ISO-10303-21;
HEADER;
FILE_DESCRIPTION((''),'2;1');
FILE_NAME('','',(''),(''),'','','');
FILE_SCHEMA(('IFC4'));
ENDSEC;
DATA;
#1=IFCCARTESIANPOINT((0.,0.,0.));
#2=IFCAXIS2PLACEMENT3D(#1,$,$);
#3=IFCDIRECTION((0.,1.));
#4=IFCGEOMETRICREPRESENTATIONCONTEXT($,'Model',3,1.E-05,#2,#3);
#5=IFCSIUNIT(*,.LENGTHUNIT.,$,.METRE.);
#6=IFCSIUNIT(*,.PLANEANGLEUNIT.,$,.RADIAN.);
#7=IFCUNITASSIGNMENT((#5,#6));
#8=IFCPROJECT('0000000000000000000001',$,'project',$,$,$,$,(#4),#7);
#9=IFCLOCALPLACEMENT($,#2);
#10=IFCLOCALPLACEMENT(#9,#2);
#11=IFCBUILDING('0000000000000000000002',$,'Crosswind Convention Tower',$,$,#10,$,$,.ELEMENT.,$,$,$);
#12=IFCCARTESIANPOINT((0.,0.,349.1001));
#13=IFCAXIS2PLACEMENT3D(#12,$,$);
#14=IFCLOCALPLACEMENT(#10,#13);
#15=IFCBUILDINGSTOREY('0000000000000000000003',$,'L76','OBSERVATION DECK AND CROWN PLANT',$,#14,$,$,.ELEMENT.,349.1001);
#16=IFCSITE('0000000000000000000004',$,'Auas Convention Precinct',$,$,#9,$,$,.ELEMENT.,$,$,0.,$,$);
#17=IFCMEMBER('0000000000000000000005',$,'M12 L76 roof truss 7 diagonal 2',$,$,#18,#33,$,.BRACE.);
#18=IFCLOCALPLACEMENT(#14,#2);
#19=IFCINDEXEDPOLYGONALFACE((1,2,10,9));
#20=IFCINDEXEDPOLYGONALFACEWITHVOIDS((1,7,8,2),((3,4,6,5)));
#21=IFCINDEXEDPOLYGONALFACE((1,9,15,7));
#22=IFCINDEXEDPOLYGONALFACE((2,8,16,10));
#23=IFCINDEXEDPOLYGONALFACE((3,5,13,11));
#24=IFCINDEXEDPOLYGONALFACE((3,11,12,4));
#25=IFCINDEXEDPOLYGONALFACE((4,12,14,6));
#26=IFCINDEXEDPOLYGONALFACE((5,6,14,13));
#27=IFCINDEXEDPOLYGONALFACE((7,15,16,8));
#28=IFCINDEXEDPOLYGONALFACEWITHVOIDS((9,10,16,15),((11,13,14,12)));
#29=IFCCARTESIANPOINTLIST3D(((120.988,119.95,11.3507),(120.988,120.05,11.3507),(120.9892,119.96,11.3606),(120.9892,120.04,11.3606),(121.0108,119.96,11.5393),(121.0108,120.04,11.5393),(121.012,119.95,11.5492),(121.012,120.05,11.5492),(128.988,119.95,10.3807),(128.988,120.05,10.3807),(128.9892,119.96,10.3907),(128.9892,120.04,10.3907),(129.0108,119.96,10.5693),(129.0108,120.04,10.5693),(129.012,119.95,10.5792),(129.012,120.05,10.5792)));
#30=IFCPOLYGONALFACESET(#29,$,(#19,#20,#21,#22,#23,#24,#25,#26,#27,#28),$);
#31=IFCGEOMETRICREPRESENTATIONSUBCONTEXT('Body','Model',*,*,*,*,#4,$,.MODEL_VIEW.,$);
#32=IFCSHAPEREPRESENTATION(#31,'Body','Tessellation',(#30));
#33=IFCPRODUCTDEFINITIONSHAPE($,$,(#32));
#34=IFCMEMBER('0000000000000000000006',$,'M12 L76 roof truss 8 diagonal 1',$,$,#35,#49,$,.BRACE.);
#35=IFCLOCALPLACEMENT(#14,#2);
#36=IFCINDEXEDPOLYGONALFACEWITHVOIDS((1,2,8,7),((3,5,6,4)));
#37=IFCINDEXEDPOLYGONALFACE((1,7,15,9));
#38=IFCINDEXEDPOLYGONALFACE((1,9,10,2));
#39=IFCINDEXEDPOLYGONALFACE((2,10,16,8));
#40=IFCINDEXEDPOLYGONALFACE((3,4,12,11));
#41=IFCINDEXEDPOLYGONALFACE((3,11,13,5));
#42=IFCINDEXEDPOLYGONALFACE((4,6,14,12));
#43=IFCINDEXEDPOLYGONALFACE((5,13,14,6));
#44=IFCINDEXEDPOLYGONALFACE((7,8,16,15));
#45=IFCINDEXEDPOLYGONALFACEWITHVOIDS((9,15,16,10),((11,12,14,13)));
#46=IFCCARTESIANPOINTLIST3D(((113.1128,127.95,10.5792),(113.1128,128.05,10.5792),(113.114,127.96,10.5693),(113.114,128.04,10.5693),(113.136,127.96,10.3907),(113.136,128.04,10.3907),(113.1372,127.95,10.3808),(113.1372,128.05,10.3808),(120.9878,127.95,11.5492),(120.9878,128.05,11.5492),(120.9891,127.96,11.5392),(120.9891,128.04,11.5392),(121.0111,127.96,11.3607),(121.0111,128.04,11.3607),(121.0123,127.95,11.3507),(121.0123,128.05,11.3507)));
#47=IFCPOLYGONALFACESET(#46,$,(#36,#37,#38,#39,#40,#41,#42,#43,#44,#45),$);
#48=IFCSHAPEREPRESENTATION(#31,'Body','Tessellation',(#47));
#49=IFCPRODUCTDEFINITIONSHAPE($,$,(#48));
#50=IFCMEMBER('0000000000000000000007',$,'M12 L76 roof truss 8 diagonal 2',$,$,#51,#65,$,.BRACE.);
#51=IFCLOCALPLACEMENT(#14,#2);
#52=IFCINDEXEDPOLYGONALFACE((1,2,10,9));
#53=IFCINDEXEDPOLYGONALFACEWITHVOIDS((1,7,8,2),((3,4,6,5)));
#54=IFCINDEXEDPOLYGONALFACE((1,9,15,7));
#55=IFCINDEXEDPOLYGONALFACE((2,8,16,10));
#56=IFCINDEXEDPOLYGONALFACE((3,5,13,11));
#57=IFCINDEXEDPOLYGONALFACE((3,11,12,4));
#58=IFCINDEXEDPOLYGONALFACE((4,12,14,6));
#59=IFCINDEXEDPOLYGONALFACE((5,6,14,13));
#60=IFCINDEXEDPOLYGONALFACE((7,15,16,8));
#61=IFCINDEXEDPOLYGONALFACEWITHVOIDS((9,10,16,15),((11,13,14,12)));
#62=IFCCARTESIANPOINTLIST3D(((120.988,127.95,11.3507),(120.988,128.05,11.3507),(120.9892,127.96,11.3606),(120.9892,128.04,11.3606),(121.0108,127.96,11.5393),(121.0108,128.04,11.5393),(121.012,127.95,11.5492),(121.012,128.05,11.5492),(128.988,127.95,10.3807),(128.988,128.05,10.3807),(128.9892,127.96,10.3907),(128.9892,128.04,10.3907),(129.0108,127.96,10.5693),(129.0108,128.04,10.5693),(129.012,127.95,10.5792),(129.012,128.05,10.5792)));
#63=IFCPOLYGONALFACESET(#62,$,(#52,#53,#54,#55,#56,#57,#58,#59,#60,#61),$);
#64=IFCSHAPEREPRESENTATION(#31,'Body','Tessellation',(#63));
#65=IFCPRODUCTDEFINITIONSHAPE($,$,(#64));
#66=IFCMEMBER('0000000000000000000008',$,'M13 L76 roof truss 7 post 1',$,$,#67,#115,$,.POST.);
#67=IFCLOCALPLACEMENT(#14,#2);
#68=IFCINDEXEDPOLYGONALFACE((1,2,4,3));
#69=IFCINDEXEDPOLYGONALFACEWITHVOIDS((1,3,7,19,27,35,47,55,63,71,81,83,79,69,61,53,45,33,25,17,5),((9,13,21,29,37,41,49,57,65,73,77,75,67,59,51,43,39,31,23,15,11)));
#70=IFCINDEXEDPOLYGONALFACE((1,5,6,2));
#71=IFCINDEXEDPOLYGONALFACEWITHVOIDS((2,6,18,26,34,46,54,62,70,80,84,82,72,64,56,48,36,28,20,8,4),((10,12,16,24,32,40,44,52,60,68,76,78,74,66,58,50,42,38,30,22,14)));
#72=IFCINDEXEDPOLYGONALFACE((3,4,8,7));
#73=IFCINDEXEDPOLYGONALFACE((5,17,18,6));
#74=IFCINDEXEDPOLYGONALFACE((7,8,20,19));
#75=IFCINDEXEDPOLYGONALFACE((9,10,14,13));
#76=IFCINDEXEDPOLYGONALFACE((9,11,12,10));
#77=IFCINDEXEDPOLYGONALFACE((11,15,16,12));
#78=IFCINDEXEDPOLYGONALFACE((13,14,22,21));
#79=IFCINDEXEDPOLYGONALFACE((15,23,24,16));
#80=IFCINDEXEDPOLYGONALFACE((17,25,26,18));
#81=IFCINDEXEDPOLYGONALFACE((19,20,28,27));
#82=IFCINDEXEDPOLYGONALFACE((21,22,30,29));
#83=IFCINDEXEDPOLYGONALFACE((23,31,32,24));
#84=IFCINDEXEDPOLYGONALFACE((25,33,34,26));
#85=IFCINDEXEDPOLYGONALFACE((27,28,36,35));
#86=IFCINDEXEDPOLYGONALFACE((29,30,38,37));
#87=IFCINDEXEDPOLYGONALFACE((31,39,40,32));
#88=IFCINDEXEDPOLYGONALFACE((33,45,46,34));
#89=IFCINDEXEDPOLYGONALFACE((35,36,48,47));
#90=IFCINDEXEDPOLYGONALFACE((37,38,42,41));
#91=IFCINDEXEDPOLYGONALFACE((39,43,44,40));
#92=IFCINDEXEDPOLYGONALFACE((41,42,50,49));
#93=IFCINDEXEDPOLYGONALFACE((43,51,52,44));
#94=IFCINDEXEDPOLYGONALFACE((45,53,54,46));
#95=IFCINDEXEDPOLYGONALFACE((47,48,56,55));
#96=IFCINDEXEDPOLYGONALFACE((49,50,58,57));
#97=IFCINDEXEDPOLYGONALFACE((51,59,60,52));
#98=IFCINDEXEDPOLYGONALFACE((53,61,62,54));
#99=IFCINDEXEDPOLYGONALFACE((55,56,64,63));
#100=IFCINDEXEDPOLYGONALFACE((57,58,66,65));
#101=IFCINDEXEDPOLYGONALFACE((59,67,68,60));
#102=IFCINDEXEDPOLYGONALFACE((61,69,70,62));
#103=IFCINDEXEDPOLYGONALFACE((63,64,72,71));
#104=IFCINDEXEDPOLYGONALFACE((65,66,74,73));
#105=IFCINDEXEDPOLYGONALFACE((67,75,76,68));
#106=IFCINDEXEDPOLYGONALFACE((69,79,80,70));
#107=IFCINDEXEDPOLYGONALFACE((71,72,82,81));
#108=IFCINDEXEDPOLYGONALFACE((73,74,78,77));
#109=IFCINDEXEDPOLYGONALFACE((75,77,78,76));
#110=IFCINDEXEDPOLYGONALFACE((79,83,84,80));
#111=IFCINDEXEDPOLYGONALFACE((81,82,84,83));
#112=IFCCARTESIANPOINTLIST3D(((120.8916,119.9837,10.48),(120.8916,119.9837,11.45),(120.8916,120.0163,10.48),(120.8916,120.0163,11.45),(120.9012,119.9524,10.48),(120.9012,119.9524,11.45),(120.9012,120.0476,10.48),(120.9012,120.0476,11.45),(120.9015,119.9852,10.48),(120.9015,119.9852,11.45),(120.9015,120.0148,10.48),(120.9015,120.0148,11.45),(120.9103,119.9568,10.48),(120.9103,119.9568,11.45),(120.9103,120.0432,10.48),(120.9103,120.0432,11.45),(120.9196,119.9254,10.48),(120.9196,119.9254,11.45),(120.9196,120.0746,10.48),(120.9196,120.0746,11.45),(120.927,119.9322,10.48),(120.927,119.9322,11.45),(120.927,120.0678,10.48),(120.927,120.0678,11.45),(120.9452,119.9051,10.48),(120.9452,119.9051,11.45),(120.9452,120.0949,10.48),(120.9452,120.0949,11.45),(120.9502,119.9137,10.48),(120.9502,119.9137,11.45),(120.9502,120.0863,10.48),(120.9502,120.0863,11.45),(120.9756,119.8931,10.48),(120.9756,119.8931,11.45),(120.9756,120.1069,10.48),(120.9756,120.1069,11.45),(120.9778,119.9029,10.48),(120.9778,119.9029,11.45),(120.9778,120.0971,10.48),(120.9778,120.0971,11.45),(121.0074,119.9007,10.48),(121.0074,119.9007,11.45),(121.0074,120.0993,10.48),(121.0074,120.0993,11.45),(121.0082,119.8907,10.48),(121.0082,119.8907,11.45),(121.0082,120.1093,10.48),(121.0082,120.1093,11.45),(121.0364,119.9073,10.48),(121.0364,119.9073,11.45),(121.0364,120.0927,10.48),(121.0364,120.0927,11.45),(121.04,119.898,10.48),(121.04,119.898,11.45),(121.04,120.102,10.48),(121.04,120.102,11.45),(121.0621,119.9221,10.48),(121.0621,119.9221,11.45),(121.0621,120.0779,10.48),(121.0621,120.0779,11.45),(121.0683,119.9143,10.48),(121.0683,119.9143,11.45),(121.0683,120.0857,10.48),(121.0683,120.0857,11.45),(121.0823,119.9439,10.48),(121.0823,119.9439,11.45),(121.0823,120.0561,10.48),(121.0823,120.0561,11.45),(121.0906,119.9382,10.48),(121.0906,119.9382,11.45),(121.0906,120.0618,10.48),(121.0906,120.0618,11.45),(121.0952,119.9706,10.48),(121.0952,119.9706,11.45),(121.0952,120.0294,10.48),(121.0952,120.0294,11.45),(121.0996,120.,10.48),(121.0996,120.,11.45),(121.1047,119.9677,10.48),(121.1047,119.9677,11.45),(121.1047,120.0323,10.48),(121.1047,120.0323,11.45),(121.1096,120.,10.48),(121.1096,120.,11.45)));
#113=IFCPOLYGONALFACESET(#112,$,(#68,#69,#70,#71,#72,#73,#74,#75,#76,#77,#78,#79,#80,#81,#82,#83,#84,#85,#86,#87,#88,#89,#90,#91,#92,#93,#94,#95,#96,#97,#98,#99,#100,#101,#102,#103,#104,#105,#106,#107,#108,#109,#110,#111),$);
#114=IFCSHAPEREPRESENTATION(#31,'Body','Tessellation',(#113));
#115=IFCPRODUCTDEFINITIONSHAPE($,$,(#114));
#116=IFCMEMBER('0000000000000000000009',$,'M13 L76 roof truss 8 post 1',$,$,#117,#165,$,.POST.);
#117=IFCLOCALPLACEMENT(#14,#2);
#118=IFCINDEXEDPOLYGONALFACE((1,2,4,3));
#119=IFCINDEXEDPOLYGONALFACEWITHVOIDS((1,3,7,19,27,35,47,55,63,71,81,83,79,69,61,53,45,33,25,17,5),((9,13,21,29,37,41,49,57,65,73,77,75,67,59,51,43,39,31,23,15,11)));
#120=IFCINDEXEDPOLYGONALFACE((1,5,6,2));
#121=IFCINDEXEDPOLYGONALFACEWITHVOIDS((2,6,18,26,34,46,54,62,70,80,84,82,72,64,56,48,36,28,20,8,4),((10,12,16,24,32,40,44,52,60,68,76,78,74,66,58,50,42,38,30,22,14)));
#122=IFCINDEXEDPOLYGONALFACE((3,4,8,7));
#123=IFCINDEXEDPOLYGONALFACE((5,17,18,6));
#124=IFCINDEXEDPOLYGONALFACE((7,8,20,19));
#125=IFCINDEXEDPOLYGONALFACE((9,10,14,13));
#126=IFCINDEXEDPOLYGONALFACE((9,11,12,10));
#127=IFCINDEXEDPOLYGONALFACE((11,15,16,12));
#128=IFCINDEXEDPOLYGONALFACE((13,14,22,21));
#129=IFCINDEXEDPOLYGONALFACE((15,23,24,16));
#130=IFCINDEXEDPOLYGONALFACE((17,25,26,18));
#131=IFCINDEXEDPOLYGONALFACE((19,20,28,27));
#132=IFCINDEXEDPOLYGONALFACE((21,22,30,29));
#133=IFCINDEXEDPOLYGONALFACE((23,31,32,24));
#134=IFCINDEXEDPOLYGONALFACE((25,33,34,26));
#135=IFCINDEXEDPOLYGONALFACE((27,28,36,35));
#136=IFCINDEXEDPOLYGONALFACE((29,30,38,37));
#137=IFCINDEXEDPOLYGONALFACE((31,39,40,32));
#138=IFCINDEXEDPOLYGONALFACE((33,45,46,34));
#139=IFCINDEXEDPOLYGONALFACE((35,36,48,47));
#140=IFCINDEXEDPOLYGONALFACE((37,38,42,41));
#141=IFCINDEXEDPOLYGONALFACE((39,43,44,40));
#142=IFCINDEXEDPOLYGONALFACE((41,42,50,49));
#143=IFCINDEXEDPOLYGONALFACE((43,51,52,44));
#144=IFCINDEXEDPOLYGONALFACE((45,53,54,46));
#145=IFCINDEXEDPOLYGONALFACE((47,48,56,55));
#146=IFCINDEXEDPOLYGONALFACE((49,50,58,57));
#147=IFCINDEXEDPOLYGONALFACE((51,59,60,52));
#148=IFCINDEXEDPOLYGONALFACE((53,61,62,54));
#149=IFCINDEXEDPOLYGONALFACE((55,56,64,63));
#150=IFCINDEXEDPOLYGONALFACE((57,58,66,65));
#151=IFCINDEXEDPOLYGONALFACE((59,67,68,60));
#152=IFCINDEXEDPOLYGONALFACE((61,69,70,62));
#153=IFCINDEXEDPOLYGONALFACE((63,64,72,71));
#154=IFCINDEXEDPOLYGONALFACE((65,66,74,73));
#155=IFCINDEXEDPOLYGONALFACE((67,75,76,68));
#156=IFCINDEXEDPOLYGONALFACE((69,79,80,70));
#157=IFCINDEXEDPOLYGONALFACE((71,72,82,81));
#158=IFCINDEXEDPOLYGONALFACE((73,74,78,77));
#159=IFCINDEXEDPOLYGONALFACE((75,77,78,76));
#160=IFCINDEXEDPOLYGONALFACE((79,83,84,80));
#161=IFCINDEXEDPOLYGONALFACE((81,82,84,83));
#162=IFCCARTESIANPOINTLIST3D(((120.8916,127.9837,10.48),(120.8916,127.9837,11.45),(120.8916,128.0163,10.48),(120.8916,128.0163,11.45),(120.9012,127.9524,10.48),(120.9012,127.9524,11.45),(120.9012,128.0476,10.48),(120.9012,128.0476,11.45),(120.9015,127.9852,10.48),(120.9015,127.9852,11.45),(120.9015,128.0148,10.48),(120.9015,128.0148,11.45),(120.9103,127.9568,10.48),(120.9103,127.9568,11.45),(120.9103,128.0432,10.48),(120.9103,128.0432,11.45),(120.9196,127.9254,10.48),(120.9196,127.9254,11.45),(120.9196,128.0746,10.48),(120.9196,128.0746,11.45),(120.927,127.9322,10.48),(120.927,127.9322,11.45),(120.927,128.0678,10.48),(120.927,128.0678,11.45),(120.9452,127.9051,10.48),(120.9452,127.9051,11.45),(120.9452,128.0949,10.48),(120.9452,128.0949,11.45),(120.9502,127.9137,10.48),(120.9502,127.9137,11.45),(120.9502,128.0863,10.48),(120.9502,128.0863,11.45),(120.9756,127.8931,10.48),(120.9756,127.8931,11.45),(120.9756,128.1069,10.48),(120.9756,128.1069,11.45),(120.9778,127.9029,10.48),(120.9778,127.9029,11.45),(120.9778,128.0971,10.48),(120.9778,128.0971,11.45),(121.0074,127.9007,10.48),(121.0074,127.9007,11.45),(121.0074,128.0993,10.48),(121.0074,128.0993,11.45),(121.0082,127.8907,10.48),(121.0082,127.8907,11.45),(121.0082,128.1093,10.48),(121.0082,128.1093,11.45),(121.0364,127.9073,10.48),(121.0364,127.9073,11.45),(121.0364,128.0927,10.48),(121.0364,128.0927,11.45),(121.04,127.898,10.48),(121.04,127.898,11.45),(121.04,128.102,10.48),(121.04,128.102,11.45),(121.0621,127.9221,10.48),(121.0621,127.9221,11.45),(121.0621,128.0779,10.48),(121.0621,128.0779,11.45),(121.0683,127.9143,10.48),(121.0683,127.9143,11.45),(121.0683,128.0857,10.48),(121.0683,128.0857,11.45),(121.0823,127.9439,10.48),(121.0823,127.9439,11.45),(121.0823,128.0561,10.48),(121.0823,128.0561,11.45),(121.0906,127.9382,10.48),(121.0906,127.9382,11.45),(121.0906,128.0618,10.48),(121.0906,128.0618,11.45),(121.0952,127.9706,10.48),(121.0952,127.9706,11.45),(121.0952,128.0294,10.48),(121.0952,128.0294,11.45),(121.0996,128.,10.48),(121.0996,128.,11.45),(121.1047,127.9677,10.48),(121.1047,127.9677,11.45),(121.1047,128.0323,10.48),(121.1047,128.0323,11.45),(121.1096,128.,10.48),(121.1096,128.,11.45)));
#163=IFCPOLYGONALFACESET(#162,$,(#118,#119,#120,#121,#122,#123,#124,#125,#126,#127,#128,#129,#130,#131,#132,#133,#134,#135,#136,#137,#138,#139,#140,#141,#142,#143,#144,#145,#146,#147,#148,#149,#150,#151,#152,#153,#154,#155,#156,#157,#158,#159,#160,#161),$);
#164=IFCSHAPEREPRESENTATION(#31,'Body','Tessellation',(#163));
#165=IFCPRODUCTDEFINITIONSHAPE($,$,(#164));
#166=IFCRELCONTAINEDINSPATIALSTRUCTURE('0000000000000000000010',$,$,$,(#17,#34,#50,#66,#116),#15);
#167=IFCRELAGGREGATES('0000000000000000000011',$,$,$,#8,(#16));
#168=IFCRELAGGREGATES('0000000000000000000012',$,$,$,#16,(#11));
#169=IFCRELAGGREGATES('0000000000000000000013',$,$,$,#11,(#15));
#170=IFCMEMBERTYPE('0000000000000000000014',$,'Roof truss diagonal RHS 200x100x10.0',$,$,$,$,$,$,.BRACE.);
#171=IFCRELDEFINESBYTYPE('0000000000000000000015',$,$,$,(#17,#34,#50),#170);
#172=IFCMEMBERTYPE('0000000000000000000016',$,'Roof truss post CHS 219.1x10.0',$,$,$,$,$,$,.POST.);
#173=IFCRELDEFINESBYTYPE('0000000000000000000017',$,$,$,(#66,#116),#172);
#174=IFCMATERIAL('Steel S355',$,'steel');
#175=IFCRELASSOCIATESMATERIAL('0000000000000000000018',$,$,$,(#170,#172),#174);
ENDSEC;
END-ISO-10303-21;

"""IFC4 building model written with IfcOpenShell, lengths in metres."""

from ifc_helpers import new_model, si_unit, direction, frame, origin, origin_2d, place, context, subcontext, project, spatial, hollow_rectangle, hollow_circle, extrude, material, material_profile, profile_set, type_object, element, save


model = new_model("IFC4")

# Units and contexts
model_context = context("Model", 3, precision=1e-05, world=origin(), true_north=direction((0.0, 1.0)))
body_context = subcontext(model_context, "Body", "Model", "MODEL_VIEW")
ifc_project = project(units=[si_unit("LENGTHUNIT", "METRE"), si_unit("PLANEANGLEUNIT", "RADIAN")], contexts=[model_context])

# Site, building, storey
site_placement = place(None, origin())
site = spatial("IfcSite", under=ifc_project, at=site_placement, Name="Auas Convention Precinct", CompositionType="ELEMENT", RefElevation=0.0)
building_placement = place(site_placement, origin())
building = spatial("IfcBuilding", under=site, at=building_placement, Name="Crosswind Convention Tower", CompositionType="ELEMENT")
storey_placement = place(building_placement, frame((0.0, 0.0, 349.1001)))
storey = spatial("IfcBuildingStorey", under=building, at=storey_placement, Name="L76", Description="OBSERVATION DECK AND CROWN PLANT", CompositionType="ELEMENT", Elevation=349.1001)

# Shared definitions
ifc_material_1 = material(Name="Steel S355", Category="steel")

# Members
ifc_material_profile_1 = material_profile(ifc_material_1, hollow_rectangle(XDim=0.1001, YDim=0.2, WallThickness=0.01, at=origin_2d()), Name="RHS 200x100x10.0")
ifc_profile_set_1 = profile_set([ifc_material_profile_1], Name="Steel S355")
member_type_1 = type_object("IfcMemberType", Name="Roof truss diagonal RHS 200x100x10.0", PredefinedType="BRACE", material=ifc_profile_set_1)
member_1_placement = place(storey_placement, frame((121.0, 120.0, 11.45), z_axis=(0.99273, 0.0, -0.120365), x_axis=(0.0, 1.0, 0.0)))
element("IfcMember", 1, at=member_1_placement, inside=storey, type_object=member_type_1, Name="M12 L76 roof truss 7 diagonal 2", PredefinedType="BRACE", context=body_context, shape_type="SweptSolid", body=[
    extrude(hollow_rectangle(XDim=0.1001, YDim=0.2, WallThickness=0.01, at=origin_2d()), origin(), (0.0, 0.0, 1.0), 8.0586),
])
member_2_placement = place(storey_placement, frame((113.125, 128.0, 10.48), z_axis=(0.9925, 0.0, 0.122247), x_axis=(0.0, 1.0, 0.0)))
element("IfcMember", 2, at=member_2_placement, inside=storey, type_object=member_type_1, Name="M12 L76 roof truss 8 diagonal 1", PredefinedType="BRACE", context=body_context, shape_type="SweptSolid", body=[
    extrude(hollow_rectangle(XDim=0.1001, YDim=0.2, WallThickness=0.01, at=origin_2d()), origin(), (0.0, 0.0, 1.0), 7.9346),
])
member_3_placement = place(storey_placement, frame((121.0, 128.0, 11.45), z_axis=(0.99273, 0.0, -0.120365), x_axis=(0.0, 1.0, 0.0)))
element("IfcMember", 3, at=member_3_placement, inside=storey, type_object=member_type_1, Name="M12 L76 roof truss 8 diagonal 2", PredefinedType="BRACE", context=body_context, shape_type="SweptSolid", body=[
    extrude(hollow_rectangle(XDim=0.1001, YDim=0.2, WallThickness=0.01, at=origin_2d()), origin(), (0.0, 0.0, 1.0), 8.0586),
])
ifc_material_profile_2 = material_profile(ifc_material_1, hollow_circle(Radius=0.1096, WallThickness=0.01, at=origin_2d()), Name="CHS 219.1x10.0")
ifc_profile_set_2 = profile_set([ifc_material_profile_2], Name="Steel S355")
member_type_2 = type_object("IfcMemberType", Name="Roof truss post CHS 219.1x10.0", PredefinedType="POST", material=ifc_profile_set_2)
for number, where, z_axis, x_axis, name in (
    (4, (121.0, 120.0, 10.48), (0.0, 0.0, 1.0), (1.0, 0.0, 0.0), "M13 L76 roof truss 7 post 1"),
    (5, (121.0, 128.0, 10.48), (0.0, 0.0, 1.0), (1.0, 0.0, 0.0), "M13 L76 roof truss 8 post 1"),
):
    element("IfcMember", number, at=place(storey_placement, frame(where, z_axis=z_axis, x_axis=x_axis)), inside=storey, type_object=member_type_2, Name=name, PredefinedType="POST", context=body_context, shape_type="SweptSolid", body=[
        extrude(hollow_circle(Radius=0.1096, WallThickness=0.01, at=origin_2d()), origin(), (0.0, 0.0, 1.0), 0.97),
    ])

save(model, "model.ifc")
